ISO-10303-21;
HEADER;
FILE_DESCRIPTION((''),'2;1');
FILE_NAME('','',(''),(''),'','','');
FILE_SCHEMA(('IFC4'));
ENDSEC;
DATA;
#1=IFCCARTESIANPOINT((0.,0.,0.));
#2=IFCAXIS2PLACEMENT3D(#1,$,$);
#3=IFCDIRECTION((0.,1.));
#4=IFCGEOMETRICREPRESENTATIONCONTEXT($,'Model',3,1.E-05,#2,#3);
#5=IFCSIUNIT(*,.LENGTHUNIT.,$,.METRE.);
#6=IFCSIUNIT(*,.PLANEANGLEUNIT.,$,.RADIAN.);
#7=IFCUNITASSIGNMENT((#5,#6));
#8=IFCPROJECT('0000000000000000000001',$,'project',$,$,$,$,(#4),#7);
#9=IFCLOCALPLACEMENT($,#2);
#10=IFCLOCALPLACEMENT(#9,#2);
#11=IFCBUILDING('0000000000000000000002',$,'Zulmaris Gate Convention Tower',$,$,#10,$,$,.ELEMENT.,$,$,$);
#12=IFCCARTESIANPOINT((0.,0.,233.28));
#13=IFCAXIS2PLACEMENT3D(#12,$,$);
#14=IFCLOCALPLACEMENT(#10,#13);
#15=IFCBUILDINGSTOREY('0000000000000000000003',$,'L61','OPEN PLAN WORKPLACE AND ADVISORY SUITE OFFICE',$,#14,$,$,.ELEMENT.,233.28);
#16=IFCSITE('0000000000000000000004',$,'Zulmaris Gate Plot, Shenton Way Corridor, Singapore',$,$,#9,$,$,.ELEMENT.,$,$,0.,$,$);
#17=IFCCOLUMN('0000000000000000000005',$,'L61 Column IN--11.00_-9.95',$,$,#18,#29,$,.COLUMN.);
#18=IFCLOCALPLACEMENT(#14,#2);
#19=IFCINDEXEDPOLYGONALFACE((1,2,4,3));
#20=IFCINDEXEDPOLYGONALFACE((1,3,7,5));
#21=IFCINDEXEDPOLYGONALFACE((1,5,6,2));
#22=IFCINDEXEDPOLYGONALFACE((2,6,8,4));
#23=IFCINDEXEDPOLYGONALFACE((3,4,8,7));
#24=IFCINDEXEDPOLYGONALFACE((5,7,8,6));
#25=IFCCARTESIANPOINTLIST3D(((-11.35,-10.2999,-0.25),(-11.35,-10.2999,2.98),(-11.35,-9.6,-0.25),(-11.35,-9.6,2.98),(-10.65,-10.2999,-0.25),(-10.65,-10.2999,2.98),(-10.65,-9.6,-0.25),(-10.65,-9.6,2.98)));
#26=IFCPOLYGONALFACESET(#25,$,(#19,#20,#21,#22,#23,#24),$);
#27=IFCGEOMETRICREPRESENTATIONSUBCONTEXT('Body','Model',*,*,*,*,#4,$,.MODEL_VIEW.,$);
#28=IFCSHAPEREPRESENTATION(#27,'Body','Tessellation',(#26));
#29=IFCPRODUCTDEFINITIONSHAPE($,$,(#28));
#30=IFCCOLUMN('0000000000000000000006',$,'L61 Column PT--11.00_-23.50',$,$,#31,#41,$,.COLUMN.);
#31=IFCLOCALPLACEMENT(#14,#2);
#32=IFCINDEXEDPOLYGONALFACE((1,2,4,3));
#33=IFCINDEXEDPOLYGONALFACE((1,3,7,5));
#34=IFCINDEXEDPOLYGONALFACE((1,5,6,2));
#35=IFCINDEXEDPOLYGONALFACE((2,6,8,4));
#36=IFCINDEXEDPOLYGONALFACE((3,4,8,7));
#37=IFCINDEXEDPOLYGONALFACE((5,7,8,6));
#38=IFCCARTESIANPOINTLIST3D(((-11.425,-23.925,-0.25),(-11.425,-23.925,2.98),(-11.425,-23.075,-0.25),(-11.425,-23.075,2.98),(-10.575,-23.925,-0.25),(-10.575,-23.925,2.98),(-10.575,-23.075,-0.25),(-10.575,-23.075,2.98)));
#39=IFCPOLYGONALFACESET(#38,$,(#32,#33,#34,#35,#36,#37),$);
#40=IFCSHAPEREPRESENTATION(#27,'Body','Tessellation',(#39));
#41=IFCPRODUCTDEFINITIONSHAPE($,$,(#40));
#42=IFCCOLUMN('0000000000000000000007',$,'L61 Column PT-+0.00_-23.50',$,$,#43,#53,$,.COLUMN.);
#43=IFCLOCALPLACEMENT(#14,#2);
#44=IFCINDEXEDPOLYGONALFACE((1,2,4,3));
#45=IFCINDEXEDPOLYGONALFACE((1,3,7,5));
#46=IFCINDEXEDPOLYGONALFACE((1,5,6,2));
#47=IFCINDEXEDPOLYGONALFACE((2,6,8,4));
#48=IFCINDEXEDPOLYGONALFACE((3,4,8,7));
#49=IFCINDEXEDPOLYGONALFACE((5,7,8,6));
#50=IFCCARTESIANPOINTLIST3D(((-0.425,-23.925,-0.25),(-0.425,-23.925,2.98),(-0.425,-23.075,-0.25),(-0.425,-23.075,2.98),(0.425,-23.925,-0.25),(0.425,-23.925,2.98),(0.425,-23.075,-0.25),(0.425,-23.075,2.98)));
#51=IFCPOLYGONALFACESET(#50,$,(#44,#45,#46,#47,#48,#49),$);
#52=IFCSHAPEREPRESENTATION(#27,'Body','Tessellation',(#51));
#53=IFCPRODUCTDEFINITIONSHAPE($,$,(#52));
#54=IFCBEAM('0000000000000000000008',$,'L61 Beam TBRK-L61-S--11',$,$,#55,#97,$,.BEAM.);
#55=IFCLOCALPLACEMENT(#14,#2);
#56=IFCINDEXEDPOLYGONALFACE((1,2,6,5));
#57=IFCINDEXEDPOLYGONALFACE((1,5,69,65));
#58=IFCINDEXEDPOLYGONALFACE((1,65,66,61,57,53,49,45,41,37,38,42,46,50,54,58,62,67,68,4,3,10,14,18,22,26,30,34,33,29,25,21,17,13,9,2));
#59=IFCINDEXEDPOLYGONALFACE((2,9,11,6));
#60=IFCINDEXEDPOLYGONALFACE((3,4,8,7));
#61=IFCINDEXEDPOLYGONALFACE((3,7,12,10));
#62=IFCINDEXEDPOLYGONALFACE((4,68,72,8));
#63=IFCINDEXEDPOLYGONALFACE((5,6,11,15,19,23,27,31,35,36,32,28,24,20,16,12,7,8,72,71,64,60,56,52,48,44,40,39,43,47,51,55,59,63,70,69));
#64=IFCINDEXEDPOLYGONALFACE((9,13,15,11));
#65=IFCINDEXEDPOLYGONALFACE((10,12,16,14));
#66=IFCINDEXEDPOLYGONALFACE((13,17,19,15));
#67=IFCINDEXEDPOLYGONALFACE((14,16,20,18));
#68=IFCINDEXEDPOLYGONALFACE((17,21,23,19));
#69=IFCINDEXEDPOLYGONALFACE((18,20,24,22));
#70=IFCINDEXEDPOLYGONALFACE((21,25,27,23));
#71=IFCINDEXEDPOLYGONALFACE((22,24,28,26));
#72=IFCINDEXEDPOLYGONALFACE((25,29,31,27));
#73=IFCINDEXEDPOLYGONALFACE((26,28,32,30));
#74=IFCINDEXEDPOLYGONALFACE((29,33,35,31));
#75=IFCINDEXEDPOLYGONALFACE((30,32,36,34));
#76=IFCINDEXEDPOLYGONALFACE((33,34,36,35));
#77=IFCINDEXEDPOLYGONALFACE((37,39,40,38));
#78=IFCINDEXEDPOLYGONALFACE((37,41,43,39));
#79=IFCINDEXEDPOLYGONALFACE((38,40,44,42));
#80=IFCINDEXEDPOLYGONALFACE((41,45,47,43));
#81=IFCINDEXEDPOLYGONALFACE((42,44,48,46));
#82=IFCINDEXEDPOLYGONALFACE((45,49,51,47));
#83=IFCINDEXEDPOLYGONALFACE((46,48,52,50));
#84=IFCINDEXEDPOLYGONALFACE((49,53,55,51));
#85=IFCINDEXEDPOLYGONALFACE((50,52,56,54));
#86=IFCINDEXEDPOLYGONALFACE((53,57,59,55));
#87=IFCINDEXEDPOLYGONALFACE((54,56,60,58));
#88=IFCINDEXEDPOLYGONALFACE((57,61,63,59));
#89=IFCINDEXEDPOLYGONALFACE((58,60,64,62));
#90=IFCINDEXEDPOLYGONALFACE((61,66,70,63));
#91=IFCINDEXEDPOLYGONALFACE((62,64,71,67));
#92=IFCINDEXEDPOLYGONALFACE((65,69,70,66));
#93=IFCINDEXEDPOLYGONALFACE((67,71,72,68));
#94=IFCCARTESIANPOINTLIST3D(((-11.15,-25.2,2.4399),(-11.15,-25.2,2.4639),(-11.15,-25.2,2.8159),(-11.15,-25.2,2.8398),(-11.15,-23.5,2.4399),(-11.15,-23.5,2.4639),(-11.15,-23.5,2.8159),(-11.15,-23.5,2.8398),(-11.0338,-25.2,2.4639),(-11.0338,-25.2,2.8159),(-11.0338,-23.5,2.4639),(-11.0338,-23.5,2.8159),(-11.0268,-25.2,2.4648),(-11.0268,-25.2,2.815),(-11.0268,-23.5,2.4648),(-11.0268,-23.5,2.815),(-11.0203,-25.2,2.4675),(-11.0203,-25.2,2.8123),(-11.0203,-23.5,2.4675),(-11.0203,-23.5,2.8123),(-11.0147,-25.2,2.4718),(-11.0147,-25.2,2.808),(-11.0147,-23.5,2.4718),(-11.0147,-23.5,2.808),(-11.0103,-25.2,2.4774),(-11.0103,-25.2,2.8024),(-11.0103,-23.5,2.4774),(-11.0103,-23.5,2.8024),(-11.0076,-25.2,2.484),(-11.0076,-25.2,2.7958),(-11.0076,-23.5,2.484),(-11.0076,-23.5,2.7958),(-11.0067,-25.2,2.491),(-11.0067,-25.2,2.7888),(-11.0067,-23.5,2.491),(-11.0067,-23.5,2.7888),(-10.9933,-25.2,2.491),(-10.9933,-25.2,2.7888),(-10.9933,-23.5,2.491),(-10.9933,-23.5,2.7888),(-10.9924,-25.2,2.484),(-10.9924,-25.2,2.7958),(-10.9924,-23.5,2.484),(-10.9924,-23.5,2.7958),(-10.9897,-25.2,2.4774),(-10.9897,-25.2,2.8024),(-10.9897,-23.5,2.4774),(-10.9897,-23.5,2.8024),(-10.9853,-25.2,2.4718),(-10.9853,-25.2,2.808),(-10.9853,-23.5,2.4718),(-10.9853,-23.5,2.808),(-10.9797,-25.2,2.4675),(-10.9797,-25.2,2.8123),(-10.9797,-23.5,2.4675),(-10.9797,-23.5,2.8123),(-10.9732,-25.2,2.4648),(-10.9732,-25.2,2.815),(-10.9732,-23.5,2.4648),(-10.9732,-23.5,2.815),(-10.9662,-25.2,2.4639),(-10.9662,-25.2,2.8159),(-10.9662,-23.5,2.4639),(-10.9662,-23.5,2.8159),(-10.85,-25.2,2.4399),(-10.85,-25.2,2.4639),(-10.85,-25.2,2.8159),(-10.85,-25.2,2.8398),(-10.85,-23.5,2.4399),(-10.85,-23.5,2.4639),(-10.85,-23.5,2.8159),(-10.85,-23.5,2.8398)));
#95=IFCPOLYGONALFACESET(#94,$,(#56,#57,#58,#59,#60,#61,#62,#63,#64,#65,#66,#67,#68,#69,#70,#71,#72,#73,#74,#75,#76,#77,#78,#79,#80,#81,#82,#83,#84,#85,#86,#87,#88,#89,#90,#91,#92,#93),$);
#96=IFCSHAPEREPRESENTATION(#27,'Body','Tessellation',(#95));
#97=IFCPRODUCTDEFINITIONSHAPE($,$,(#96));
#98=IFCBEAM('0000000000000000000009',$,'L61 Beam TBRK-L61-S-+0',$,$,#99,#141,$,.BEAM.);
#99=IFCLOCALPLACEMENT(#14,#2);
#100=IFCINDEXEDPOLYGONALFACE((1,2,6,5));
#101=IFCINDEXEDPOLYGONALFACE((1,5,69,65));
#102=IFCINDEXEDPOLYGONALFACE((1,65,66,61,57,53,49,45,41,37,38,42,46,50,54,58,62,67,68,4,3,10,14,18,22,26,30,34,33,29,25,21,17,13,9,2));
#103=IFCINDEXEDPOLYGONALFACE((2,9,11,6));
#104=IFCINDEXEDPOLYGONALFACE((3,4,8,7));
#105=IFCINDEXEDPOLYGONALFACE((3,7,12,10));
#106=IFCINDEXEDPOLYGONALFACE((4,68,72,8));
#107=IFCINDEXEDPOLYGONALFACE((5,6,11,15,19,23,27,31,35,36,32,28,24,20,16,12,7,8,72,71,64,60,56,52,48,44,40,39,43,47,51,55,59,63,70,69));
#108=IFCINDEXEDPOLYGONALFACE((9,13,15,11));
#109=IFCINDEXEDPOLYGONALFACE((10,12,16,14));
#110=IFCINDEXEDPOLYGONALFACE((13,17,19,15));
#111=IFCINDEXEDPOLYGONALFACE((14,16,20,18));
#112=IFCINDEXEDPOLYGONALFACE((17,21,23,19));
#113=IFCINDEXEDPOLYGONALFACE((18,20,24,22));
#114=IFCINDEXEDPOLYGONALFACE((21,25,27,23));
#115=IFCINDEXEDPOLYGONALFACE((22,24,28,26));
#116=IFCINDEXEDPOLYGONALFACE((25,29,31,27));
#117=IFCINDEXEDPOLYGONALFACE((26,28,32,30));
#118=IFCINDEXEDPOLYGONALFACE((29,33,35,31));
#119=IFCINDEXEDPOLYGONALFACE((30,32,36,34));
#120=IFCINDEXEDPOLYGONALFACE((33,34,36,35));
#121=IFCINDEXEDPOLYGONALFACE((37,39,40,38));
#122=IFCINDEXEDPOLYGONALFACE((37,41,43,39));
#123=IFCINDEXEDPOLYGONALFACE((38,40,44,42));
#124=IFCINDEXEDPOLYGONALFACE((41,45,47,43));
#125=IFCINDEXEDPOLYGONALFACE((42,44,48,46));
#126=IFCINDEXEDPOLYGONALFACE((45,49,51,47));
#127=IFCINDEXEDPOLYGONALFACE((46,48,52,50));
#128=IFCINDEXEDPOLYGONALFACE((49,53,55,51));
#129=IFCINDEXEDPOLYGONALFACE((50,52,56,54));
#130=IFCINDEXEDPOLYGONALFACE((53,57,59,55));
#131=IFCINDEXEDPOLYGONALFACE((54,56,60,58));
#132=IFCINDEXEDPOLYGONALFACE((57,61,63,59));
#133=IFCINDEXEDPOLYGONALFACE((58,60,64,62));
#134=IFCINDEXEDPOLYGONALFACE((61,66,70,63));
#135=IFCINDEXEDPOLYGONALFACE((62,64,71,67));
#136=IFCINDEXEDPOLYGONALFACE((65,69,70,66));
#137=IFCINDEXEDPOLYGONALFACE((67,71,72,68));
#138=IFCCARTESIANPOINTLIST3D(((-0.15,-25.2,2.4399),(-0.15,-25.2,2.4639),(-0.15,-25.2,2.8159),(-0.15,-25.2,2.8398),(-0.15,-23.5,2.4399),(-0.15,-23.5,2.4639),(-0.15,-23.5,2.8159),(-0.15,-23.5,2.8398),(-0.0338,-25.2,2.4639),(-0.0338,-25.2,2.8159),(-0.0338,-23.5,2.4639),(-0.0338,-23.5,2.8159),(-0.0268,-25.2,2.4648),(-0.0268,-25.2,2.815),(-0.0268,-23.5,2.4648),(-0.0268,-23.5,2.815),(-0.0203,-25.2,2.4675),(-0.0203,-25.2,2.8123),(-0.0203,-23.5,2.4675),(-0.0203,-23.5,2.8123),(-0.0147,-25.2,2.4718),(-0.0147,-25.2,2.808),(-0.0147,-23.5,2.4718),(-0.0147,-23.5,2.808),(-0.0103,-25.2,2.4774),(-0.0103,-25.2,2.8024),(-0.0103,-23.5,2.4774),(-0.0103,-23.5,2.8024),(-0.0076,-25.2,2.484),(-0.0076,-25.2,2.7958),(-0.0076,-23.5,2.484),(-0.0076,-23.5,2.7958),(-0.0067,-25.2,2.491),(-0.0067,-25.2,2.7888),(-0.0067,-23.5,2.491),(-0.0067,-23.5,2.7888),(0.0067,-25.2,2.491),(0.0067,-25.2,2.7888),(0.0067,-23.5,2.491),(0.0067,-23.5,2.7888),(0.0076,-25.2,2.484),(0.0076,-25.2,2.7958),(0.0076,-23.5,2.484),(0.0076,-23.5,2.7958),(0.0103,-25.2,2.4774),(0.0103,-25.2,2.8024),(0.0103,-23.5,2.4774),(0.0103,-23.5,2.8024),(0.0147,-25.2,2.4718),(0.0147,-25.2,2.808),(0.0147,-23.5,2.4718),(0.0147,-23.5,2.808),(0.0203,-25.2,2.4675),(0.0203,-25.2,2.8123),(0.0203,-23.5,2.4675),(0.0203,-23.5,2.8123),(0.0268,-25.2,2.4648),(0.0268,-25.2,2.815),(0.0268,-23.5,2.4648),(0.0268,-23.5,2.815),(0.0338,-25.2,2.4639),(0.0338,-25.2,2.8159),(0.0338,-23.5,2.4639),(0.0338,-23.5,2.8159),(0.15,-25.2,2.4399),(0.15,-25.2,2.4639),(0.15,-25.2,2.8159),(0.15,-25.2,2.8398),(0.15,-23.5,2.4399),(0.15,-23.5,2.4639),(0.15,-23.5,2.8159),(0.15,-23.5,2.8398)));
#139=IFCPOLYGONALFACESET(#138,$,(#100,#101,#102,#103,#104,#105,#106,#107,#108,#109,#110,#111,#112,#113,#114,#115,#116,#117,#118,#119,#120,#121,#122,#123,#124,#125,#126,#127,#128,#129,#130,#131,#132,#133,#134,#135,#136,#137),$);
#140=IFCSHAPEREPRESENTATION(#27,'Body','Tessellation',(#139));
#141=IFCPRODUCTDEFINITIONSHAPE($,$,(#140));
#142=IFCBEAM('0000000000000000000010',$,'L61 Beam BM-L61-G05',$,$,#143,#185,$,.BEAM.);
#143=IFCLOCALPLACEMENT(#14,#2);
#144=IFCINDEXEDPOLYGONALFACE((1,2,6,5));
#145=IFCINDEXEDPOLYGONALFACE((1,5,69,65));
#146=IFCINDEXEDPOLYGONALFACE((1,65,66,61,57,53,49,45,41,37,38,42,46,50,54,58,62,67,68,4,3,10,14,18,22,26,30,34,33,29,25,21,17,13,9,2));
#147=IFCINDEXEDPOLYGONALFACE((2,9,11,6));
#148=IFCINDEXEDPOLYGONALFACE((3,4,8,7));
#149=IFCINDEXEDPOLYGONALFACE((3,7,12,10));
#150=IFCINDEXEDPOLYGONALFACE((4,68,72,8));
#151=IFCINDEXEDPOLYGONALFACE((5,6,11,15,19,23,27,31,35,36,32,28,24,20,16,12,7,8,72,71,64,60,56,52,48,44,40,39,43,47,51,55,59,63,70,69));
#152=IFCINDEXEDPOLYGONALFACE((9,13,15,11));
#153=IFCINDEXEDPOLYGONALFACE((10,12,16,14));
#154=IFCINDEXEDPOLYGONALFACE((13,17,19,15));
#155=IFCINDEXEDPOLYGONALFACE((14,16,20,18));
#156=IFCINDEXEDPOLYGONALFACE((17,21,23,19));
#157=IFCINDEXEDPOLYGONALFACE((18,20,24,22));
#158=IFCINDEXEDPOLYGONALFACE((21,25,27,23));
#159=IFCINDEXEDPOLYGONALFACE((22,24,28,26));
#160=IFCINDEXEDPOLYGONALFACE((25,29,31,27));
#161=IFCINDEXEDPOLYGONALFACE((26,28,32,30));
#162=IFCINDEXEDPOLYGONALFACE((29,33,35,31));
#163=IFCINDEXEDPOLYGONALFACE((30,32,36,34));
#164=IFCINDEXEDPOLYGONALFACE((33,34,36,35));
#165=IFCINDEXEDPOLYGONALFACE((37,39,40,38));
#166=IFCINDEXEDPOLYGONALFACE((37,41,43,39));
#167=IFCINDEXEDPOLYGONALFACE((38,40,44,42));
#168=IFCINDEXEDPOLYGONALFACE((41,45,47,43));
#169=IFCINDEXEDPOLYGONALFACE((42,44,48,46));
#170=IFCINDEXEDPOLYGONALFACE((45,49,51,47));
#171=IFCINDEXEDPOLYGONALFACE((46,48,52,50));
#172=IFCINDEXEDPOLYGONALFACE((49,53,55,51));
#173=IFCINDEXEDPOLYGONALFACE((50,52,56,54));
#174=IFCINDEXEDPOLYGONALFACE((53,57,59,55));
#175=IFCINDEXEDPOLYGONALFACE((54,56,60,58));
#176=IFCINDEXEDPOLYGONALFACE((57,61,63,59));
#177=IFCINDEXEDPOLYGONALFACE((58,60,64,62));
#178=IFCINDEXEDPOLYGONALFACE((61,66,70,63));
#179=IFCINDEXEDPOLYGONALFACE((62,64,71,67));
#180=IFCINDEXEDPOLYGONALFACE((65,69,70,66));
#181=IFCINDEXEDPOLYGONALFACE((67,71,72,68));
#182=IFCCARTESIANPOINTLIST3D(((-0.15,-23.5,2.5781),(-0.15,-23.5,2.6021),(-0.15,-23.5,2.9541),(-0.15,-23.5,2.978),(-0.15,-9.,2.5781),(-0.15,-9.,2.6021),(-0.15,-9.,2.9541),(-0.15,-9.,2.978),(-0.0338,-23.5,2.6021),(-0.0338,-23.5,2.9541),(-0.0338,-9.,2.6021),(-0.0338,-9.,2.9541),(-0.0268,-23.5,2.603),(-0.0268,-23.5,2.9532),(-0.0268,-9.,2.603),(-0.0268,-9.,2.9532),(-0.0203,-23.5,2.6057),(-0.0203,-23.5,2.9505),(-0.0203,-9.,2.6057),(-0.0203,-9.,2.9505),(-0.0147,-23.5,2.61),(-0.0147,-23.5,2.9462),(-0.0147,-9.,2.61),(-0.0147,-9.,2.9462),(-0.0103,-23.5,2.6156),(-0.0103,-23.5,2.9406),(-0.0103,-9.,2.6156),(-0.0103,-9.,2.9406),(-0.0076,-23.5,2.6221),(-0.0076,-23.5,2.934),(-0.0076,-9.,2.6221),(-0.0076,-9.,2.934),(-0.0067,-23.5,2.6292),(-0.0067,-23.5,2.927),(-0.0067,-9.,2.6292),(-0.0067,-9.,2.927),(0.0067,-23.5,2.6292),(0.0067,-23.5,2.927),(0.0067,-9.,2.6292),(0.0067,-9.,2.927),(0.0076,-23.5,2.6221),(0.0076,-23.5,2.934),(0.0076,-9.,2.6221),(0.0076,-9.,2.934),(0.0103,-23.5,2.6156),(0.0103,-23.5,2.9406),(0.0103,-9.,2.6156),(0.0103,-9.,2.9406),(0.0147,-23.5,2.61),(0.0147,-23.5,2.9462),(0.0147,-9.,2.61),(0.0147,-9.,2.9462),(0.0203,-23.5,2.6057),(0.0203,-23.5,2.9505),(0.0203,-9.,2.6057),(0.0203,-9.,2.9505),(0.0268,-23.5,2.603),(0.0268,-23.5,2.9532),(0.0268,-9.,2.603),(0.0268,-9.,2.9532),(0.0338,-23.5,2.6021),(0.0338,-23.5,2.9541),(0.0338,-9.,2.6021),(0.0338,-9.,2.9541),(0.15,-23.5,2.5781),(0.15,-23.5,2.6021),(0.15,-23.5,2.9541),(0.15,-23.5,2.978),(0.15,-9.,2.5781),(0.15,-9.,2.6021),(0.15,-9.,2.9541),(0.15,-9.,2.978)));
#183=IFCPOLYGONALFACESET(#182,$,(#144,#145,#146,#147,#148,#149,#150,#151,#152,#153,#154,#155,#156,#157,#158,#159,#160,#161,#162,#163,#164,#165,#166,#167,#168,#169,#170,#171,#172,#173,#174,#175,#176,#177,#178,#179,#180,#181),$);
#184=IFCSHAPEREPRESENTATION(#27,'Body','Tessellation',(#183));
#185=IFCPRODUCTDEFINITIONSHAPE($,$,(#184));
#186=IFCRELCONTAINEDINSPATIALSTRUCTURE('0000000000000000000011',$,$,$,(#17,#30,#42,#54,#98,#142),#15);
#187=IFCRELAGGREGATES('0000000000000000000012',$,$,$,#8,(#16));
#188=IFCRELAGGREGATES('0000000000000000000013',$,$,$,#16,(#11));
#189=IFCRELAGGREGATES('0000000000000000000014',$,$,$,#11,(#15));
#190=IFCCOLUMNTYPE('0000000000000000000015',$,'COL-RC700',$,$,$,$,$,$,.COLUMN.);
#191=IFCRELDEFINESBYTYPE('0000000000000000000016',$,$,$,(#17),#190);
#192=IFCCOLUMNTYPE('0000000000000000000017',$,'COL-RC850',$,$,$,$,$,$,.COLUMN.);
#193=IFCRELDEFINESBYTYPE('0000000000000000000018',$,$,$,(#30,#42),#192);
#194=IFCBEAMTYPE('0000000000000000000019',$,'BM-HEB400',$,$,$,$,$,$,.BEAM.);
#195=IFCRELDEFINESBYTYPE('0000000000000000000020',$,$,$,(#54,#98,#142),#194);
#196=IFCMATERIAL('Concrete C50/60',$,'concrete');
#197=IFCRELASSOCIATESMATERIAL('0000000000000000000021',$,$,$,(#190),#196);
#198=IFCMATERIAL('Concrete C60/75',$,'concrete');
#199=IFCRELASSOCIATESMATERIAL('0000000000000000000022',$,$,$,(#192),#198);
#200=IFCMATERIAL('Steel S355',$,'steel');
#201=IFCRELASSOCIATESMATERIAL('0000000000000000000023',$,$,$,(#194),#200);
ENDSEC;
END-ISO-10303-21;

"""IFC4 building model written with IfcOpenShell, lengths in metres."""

from ifc_helpers import new_model, si_unit, direction, frame, origin, origin_2d, place, context, subcontext, project, spatial, rectangle, i_section, extrude, material, material_profile, profile_set, type_object, element, save


model = new_model("IFC4")

# Units and contexts
model_context = context("Model", 3, precision=1e-05, world=origin(), true_north=direction((0.0, 1.0)))
body_context = subcontext(model_context, "Body", "Model", "MODEL_VIEW")
ifc_project = project(units=[si_unit("LENGTHUNIT", "METRE"), si_unit("PLANEANGLEUNIT", "RADIAN")], contexts=[model_context])

# Site, building, storey
site_placement = place(None, origin())
site = spatial("IfcSite", under=ifc_project, at=site_placement, Name="Zulmaris Gate Plot, Shenton Way Corridor, Singapore", CompositionType="ELEMENT", RefElevation=0.0)
building_placement = place(site_placement, origin())
building = spatial("IfcBuilding", under=site, at=building_placement, Name="Zulmaris Gate Convention Tower", CompositionType="ELEMENT")
storey_placement = place(building_placement, frame((0.0, 0.0, 233.28)))
storey = spatial("IfcBuildingStorey", under=building, at=storey_placement, Name="L61", Description="OPEN PLAN WORKPLACE AND ADVISORY SUITE OFFICE", CompositionType="ELEMENT", Elevation=233.28)

# Columns
ifc_material_1 = material(Name="Concrete C50/60", Category="concrete")
ifc_material_profile_1 = material_profile(ifc_material_1, rectangle(XDim=0.7, YDim=0.7, at=origin_2d()), Name="RC COL 700x700")
ifc_profile_set_1 = profile_set([ifc_material_profile_1], Name="Concrete C50/60")
column_type_1 = type_object("IfcColumnType", Name="COL-RC700", PredefinedType="COLUMN", material=ifc_profile_set_1)
column_placement = place(storey_placement, frame((-11.0, -9.95, -0.25), z_axis=(0.0, 0.0, 1.0), x_axis=(1.0, 0.0, 0.0)))
element("IfcColumn", 1, at=column_placement, inside=storey, type_object=column_type_1, Name="L61 Column IN--11.00_-9.95", PredefinedType="COLUMN", context=body_context, shape_type="SweptSolid", body=[
    extrude(rectangle(XDim=0.7, YDim=0.7, at=origin_2d()), origin(), (0.0, 0.0, 1.0), 3.23),
])
ifc_material_2 = material(Name="Concrete C60/75", Category="concrete")
ifc_material_profile_2 = material_profile(ifc_material_2, rectangle(XDim=0.8501, YDim=0.8501, at=origin_2d()), Name="RC COL 850x850")
ifc_profile_set_2 = profile_set([ifc_material_profile_2], Name="Concrete C60/75")
column_type_2 = type_object("IfcColumnType", Name="COL-RC850", PredefinedType="COLUMN", material=ifc_profile_set_2)
for number, where, z_axis, x_axis, name in (
    (2, (-11.0, -23.5, -0.25), (0.0, 0.0, 1.0), (1.0, 0.0, 0.0), "L61 Column PT--11.00_-23.50"),
    (3, (0.0, -23.5, -0.25), (0.0, 0.0, 1.0), (1.0, 0.0, 0.0), "L61 Column PT-+0.00_-23.50"),
):
    element("IfcColumn", number, at=place(storey_placement, frame(where, z_axis=z_axis, x_axis=x_axis)), inside=storey, type_object=column_type_2, Name=name, PredefinedType="COLUMN", context=body_context, shape_type="SweptSolid", body=[
        extrude(rectangle(XDim=0.8501, YDim=0.8501, at=origin_2d()), origin(), (0.0, 0.0, 1.0), 3.23),
    ])

# Beams
ifc_material_3 = material(Name="Steel S355", Category="steel")
ifc_material_profile_3 = material_profile(ifc_material_3, i_section(OverallWidth=0.3, OverallDepth=0.3999, WebThickness=0.0134, FlangeThickness=0.0239, FilletRadius=0.0271, at=origin_2d()), Name="HEB 400")
ifc_profile_set_3 = profile_set([ifc_material_profile_3], Name="Steel S355")
beam_type_1 = type_object("IfcBeamType", Name="BM-HEB400", PredefinedType="BEAM", material=ifc_profile_set_3)
for number, where, z_axis, x_axis, name in (
    (4, (-11.0, -25.2, 2.6399), (0.0, 1.0, 0.0), (-1.0, 0.0, 0.0), "L61 Beam TBRK-L61-S--11"),
    (5, (0.0, -25.2, 2.6399), (0.0, 1.0, 0.0), (-1.0, 0.0, 0.0), "L61 Beam TBRK-L61-S-+0"),
):
    element("IfcBeam", number, at=place(storey_placement, frame(where, z_axis=z_axis, x_axis=x_axis)), inside=storey, type_object=beam_type_1, Name=name, PredefinedType="BEAM", context=body_context, shape_type="SweptSolid", body=[
        extrude(i_section(OverallWidth=0.3, OverallDepth=0.3999, WebThickness=0.0134, FlangeThickness=0.0239, FilletRadius=0.0271, at=origin_2d()), origin(), (0.0, 0.0, 1.0), 1.7),
    ])
beam_1_placement = place(storey_placement, frame((0.0, -23.5, 2.7781), z_axis=(0.0, 1.0, 0.0), x_axis=(-1.0, 0.0, 0.0)))
element("IfcBeam", 6, at=beam_1_placement, inside=storey, type_object=beam_type_1, Name="L61 Beam BM-L61-G05", PredefinedType="BEAM", context=body_context, shape_type="SweptSolid", body=[
    extrude(i_section(OverallWidth=0.3, OverallDepth=0.3999, WebThickness=0.0134, FlangeThickness=0.0239, FilletRadius=0.0271, at=origin_2d()), origin(), (0.0, 0.0, 1.0), 14.5),
])

save(model, "model.ifc")
